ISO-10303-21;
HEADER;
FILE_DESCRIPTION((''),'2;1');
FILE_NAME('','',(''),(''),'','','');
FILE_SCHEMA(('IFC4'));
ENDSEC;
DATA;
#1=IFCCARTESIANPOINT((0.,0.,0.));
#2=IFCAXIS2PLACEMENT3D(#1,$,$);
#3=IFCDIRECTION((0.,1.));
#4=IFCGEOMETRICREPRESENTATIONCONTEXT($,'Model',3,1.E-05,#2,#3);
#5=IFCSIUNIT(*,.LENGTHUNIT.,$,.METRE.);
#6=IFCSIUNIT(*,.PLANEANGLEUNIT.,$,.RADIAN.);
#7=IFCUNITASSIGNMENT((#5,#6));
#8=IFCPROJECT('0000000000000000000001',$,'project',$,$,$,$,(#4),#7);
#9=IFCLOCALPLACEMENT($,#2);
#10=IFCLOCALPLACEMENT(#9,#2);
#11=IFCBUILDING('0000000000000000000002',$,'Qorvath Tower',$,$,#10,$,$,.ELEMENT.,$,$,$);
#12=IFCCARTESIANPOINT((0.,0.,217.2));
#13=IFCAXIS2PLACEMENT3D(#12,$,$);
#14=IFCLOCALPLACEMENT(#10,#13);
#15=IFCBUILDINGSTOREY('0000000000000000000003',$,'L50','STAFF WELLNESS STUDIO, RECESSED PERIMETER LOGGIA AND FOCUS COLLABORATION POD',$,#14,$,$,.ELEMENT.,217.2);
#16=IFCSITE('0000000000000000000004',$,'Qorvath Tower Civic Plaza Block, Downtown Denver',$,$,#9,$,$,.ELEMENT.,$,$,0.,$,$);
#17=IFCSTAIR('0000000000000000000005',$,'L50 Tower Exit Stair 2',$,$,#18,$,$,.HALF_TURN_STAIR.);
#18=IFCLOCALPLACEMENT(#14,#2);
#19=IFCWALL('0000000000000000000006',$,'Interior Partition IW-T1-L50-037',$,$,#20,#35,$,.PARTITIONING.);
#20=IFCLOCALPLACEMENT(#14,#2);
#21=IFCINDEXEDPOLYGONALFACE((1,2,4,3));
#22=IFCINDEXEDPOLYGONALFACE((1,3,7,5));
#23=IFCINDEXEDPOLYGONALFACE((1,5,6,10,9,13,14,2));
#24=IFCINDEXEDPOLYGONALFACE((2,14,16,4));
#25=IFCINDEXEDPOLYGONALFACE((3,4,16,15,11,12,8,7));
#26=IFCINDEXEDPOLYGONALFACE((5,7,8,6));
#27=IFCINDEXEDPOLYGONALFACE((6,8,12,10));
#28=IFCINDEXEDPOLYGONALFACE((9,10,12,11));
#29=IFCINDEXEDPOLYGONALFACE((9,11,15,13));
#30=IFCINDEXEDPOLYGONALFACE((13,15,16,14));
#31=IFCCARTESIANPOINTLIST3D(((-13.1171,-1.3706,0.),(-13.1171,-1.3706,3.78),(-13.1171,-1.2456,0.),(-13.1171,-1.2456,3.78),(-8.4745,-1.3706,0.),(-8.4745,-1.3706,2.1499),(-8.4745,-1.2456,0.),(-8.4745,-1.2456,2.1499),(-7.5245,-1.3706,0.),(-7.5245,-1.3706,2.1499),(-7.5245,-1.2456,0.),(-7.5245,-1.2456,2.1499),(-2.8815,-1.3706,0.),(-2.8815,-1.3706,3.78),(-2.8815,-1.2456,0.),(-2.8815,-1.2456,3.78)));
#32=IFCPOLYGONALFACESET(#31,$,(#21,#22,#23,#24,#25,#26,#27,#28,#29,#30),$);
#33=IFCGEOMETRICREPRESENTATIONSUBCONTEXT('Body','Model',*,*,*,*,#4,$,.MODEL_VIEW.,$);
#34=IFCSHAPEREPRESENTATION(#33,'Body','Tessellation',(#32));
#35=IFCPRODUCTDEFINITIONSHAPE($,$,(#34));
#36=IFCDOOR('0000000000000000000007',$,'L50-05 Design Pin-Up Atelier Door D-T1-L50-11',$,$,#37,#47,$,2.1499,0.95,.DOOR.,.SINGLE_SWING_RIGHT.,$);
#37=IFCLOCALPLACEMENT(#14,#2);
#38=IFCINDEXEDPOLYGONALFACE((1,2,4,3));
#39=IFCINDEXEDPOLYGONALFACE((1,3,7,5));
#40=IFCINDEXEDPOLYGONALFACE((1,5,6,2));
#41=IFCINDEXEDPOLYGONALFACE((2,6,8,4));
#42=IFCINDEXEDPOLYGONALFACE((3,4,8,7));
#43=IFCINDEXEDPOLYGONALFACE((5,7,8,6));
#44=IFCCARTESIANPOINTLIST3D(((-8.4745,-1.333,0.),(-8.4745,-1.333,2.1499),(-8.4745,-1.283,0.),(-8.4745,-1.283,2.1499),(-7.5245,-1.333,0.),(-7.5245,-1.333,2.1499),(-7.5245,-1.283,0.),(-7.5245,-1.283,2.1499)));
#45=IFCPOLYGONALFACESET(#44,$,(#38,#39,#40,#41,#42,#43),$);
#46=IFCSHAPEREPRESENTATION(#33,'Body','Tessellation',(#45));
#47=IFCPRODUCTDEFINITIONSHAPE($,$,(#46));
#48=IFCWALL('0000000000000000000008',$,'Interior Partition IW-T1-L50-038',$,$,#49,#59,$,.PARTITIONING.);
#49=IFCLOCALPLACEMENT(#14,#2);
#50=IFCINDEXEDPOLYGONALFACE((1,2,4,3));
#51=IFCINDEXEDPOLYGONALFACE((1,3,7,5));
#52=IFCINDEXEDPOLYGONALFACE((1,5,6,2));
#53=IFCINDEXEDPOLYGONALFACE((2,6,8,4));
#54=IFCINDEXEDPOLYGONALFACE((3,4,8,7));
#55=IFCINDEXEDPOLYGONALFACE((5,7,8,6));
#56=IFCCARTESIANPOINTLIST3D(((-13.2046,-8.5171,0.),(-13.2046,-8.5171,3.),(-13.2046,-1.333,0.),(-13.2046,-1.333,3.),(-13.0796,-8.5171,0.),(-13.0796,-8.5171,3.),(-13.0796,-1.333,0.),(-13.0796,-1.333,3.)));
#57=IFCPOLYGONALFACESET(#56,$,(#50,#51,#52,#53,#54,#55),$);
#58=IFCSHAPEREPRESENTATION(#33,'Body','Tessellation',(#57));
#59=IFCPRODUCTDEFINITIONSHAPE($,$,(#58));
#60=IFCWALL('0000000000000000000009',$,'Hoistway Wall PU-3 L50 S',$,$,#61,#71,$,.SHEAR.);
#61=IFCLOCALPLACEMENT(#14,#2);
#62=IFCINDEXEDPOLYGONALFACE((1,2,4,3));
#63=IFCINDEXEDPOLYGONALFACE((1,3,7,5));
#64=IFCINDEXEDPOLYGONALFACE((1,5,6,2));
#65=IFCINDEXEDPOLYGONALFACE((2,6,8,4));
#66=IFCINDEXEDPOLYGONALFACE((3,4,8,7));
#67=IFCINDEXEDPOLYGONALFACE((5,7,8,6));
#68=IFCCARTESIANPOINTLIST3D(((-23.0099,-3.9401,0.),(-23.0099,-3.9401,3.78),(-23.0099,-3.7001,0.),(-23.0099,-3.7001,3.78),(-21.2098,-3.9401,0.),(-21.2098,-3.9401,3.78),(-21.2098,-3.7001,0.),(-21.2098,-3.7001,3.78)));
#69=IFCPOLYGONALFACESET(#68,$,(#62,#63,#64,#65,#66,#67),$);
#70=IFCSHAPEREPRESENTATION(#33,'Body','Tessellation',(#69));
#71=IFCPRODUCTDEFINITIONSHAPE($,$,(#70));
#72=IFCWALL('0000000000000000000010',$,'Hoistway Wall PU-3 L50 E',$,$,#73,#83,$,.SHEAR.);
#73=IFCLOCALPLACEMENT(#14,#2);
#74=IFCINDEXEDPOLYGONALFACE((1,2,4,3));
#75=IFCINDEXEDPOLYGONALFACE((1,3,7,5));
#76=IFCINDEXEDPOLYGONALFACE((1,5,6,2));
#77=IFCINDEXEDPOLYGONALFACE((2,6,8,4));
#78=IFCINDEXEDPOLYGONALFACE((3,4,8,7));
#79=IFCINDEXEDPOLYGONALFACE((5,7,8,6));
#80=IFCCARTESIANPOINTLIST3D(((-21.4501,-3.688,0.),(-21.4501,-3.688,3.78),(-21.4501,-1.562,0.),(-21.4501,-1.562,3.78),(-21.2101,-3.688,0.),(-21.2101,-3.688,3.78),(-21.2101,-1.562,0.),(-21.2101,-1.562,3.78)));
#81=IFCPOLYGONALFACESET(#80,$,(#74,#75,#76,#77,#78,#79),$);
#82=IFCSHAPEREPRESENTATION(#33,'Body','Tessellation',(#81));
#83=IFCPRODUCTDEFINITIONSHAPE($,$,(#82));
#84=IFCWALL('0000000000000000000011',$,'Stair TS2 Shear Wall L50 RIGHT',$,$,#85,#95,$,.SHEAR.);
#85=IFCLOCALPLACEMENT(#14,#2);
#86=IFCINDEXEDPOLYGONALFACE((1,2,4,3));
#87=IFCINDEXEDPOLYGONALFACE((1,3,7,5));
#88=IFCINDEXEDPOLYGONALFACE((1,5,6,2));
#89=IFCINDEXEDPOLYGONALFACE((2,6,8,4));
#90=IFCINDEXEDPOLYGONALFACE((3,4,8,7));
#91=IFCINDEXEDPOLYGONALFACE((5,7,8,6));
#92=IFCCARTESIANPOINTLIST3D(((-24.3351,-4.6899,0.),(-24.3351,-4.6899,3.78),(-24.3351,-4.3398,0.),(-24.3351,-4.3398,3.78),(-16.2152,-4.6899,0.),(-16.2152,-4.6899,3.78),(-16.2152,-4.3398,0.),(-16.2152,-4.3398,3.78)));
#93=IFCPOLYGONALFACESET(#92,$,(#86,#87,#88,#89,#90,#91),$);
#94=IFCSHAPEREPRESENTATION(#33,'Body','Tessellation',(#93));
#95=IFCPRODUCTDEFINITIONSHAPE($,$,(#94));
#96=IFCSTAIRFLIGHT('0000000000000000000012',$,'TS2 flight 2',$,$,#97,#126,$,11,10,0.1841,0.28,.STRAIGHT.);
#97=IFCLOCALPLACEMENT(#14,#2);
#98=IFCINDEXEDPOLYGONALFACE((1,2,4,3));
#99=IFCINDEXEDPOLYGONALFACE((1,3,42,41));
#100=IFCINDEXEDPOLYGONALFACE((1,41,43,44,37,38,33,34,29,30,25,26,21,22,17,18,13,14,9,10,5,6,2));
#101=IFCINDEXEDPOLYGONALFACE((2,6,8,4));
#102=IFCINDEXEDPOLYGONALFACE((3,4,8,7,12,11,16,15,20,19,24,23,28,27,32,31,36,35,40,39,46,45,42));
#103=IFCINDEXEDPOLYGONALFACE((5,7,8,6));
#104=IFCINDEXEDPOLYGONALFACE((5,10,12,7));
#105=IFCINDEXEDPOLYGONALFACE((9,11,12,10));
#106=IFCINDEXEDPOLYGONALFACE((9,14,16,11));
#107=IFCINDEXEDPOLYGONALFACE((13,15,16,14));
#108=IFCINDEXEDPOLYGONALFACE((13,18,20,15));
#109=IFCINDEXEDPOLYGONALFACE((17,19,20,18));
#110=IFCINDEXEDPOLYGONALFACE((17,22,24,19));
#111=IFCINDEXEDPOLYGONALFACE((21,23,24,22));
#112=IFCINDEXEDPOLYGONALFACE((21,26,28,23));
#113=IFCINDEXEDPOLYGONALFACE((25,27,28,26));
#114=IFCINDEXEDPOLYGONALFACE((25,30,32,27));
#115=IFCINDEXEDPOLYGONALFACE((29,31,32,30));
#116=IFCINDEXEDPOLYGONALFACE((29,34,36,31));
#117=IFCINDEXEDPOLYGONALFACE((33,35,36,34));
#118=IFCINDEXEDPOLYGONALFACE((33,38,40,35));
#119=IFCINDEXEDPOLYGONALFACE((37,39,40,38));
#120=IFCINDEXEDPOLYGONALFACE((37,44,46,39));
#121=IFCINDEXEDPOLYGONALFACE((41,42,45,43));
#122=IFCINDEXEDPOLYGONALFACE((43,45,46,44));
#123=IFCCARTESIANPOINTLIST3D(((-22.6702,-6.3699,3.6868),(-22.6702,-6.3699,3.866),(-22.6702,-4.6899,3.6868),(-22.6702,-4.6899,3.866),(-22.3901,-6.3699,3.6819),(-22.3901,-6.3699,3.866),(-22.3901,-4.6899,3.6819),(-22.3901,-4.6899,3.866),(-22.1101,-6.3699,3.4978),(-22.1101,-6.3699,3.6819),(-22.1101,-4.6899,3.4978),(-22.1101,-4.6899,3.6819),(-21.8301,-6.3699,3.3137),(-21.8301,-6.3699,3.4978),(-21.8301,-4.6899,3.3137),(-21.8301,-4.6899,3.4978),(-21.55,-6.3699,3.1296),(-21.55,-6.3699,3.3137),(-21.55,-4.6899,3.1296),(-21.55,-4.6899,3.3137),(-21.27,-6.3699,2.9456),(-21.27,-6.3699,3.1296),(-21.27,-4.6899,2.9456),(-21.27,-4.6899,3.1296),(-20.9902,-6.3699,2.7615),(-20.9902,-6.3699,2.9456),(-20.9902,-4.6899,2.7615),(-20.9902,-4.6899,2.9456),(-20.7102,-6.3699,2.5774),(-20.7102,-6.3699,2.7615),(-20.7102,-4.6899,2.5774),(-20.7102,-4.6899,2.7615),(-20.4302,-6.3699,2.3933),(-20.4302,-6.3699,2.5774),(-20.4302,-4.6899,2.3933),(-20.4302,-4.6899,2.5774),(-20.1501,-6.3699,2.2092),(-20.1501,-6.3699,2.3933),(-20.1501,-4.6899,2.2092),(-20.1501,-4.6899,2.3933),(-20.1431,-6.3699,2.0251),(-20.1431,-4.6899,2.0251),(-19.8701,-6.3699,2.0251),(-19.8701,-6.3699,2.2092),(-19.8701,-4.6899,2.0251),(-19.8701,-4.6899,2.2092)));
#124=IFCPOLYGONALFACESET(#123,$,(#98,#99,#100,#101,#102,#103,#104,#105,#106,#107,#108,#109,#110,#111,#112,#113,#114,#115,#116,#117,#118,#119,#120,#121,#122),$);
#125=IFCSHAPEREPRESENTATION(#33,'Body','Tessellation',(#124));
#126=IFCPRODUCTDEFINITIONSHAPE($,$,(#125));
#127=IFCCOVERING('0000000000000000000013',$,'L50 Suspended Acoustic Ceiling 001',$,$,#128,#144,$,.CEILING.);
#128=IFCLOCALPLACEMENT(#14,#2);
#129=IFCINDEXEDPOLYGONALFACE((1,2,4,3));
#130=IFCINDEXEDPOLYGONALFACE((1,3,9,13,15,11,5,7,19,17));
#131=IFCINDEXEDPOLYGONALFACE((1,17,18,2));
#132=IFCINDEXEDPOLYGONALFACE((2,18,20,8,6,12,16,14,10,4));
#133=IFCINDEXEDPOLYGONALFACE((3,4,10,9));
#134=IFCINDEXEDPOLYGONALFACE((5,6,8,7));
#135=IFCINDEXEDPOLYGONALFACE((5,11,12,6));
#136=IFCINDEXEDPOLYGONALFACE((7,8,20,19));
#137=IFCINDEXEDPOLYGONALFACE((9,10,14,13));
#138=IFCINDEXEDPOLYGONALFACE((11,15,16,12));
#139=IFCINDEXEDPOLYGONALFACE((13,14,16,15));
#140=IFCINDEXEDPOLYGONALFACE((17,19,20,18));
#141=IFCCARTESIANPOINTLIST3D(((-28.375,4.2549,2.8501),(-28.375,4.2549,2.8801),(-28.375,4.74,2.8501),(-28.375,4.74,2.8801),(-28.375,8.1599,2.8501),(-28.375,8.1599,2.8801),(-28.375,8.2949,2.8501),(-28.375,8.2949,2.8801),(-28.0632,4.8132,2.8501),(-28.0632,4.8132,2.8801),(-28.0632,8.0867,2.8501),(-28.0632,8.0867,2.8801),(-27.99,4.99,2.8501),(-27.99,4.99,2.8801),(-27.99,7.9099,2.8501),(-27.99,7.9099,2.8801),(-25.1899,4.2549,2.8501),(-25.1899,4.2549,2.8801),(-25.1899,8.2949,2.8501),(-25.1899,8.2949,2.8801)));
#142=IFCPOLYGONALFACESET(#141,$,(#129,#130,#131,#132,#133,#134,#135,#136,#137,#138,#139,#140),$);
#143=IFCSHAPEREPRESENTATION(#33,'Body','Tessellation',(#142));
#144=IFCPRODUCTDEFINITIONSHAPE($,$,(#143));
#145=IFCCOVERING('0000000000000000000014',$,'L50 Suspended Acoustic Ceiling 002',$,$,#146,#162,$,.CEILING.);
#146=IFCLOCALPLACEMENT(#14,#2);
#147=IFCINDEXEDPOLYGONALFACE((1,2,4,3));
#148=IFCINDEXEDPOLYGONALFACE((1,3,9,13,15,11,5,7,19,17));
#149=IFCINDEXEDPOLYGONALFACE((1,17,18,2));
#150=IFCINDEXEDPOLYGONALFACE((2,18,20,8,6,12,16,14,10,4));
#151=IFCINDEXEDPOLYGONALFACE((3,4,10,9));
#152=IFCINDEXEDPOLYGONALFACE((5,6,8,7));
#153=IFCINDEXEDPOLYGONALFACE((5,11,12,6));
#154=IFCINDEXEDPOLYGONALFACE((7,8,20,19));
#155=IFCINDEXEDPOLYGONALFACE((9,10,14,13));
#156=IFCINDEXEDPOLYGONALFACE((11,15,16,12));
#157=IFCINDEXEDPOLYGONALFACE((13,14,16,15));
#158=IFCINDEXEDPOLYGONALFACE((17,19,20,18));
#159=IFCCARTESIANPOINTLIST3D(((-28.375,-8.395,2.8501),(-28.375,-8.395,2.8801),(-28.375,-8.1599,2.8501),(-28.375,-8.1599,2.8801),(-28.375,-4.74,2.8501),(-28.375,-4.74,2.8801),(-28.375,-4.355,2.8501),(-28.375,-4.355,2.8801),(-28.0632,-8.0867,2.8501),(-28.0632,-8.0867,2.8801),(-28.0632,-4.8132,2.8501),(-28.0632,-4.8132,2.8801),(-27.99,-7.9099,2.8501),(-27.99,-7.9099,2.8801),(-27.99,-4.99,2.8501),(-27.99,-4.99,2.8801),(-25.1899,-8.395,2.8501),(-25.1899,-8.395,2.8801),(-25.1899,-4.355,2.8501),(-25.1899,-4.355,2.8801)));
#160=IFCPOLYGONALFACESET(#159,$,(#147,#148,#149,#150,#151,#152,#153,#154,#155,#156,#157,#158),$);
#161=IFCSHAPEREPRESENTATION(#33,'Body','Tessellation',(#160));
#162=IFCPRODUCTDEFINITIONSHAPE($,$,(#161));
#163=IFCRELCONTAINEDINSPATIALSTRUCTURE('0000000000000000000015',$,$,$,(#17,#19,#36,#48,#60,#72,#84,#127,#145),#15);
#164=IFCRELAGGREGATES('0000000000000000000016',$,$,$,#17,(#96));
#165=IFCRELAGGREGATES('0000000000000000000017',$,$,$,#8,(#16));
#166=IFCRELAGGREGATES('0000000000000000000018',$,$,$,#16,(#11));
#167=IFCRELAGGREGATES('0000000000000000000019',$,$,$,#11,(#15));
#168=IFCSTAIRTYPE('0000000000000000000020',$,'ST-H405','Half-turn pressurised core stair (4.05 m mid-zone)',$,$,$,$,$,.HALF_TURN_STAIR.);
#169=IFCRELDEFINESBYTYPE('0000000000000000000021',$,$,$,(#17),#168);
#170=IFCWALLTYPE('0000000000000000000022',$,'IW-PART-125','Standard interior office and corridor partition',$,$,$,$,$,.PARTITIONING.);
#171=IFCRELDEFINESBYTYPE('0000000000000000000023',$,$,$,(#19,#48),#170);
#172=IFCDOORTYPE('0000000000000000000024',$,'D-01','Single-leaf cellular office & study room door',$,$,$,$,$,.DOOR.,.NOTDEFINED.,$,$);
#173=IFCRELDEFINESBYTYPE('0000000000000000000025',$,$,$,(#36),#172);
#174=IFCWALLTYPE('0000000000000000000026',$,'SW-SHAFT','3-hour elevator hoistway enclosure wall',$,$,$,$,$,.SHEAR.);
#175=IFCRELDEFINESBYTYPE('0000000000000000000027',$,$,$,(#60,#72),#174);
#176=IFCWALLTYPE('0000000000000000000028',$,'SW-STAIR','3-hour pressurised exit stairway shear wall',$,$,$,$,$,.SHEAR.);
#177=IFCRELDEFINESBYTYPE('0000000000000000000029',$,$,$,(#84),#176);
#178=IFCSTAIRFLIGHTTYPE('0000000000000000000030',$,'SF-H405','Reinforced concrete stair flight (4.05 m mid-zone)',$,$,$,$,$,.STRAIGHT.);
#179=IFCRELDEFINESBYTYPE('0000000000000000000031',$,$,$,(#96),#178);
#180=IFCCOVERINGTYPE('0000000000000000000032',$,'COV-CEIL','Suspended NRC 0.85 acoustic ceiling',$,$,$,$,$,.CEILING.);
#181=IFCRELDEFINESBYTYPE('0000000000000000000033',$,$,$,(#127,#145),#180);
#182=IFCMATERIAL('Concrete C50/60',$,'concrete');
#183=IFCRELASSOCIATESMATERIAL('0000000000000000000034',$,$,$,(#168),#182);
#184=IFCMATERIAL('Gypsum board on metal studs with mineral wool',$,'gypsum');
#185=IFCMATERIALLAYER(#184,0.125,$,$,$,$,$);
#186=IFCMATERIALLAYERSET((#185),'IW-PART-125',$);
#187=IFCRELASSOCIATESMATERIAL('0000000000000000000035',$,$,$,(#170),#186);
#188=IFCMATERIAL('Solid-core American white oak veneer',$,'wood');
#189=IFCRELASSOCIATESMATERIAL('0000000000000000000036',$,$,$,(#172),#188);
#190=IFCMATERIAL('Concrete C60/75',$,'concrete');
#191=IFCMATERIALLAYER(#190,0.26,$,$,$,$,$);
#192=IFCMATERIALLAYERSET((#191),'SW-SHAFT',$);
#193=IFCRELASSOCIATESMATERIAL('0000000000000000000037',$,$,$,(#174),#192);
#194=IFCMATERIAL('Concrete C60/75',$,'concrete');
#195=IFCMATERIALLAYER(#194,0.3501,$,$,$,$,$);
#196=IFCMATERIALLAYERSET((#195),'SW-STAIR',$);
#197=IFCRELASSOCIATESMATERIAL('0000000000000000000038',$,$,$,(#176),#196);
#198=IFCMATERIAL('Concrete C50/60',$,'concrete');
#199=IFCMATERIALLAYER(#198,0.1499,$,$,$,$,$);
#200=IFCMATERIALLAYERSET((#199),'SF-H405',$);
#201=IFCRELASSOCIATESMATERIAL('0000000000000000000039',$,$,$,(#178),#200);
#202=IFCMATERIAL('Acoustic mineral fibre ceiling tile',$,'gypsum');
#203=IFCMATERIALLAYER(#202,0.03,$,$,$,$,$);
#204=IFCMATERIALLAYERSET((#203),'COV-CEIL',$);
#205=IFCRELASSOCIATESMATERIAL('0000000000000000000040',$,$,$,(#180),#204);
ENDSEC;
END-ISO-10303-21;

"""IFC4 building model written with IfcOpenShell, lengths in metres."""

from ifc_helpers import new_model, si_unit, direction, frame, frame_2d, origin, place, context, subcontext, project, spatial, polyline, rectangle, outline, extrude, material, layer, layer_set, type_object, element, fill, aggregate, save


model = new_model("IFC4")

# Units and contexts
model_context = context("Model", 3, precision=1e-05, world=origin(), true_north=direction((0.0, 1.0)))
body_context = subcontext(model_context, "Body", "Model", "MODEL_VIEW")
ifc_project = project(units=[si_unit("LENGTHUNIT", "METRE"), si_unit("PLANEANGLEUNIT", "RADIAN")], contexts=[model_context])

# Site, building, storey
site_placement = place(None, origin())
site = spatial("IfcSite", under=ifc_project, at=site_placement, Name="Qorvath Tower Civic Plaza Block, Downtown Denver", CompositionType="ELEMENT", RefElevation=0.0)
building_placement = place(site_placement, origin())
building = spatial("IfcBuilding", under=site, at=building_placement, Name="Qorvath Tower", CompositionType="ELEMENT")
storey_placement = place(building_placement, frame((0.0, 0.0, 217.2)))
storey = spatial("IfcBuildingStorey", under=building, at=storey_placement, Name="L50", Description="STAFF WELLNESS STUDIO, RECESSED PERIMETER LOGGIA AND FOCUS COLLABORATION POD", CompositionType="ELEMENT", Elevation=217.2)

# Stair
ifc_material_1 = material(Name="Concrete C50/60", Category="concrete")
stair_type = type_object("IfcStairType", Name="ST-H405", Description="Half-turn pressurised core stair (4.05 m mid-zone)", PredefinedType="HALF_TURN_STAIR", material=ifc_material_1)
stair_1_placement = place(storey_placement, origin())
stair_1 = element("IfcStair", 1, at=stair_1_placement, inside=storey, type_object=stair_type, Name="L50 Tower Exit Stair 2", PredefinedType="HALF_TURN_STAIR")

# Shared definitions
ifc_material_2 = material(Name="Gypsum board on metal studs with mineral wool", Category="gypsum")
ifc_layer_1 = layer(ifc_material_2, 0.125)
ifc_layer_set_1 = layer_set([ifc_layer_1], Name="IW-PART-125")
wall_type_1 = type_object("IfcWallType", Name="IW-PART-125", Description="Standard interior office and corridor partition", PredefinedType="PARTITIONING", material=ifc_layer_set_1)

# Wall, opening, door
ifc_material_3 = material(Name="Solid-core American white oak veneer", Category="wood")
door_type = type_object("IfcDoorType", Name="D-01", Description="Single-leaf cellular office & study room door", OperationType="NOTDEFINED", PredefinedType="DOOR", material=ifc_material_3)
wall_1_placement = place(storey_placement, frame((-2.8816, -1.3081, 0.0), z_axis=(0.0, 0.0, 1.0), x_axis=(-1.0, 0.0, 0.0)))
wall_1 = element("IfcWall", 2, at=wall_1_placement, inside=storey, type_object=wall_type_1, Name="Interior Partition IW-T1-L50-037", PredefinedType="PARTITIONING", context=body_context, shape_type="SweptSolid", body=[
    extrude(rectangle(XDim=10.2356, YDim=0.125, at=frame_2d((5.1177, 0.0))), origin(), (0.0, 0.0, 1.0), 3.78),
])
opening_1_placement = place(wall_1_placement, frame((4.6428, 0.0, 0.0)))
opening_1 = element("IfcOpeningElement", 3, at=opening_1_placement, cuts=wall_1, PredefinedType="OPENING", context=body_context, shape_type="SweptSolid", body=[
    extrude(rectangle(XDim=0.95, YDim=2.1499, at=frame_2d((0.4751, 1.075))), frame((0.0, 0.0725, 0.0), z_axis=(0.0, -1.0, 0.0), x_axis=(1.0, 0.0, 0.0)), (0.0, 0.0, 1.0), 0.145),
])
door_1_placement = place(opening_1_placement, origin())
door_1 = element("IfcDoor", 4, at=door_1_placement, inside=storey, type_object=door_type, Name="L50-05 Design Pin-Up Atelier Door D-T1-L50-11", OperationType="SINGLE_SWING_RIGHT", OverallHeight=2.1499, OverallWidth=0.95, PredefinedType="DOOR", context=body_context, shape_type="SweptSolid", body=[
    extrude(rectangle(XDim=0.95, YDim=2.1499, at=frame_2d((0.4751, 1.075))), frame((0.0, 0.0249, 0.0), z_axis=(0.0, -1.0, 0.0), x_axis=(1.0, 0.0, 0.0)), (0.0, 0.0, 1.0), 0.05),
])
fill(opening_1, door_1)

# Walls
wall_2_placement = place(storey_placement, frame((-13.1421, -1.333, 0.0), z_axis=(0.0, 0.0, 1.0), x_axis=(0.0, -1.0, 0.0)))
element("IfcWall", 5, at=wall_2_placement, inside=storey, type_object=wall_type_1, Name="Interior Partition IW-T1-L50-038", PredefinedType="PARTITIONING", context=body_context, shape_type="SweptSolid", body=[
    extrude(rectangle(XDim=7.1841, YDim=0.125, at=frame_2d((3.592, 0.0))), origin(), (0.0, 0.0, 1.0), 3.0),
])
ifc_material_4 = material(Name="Concrete C60/75", Category="concrete")
ifc_layer_2 = layer(ifc_material_4, 0.26)
ifc_layer_set_2 = layer_set([ifc_layer_2], Name="SW-SHAFT")
wall_type_2 = type_object("IfcWallType", Name="SW-SHAFT", Description="3-hour elevator hoistway enclosure wall", PredefinedType="SHEAR", material=ifc_layer_set_2)
wall_3_placement = place(storey_placement, frame((-21.21, -3.8201, 0.0), z_axis=(0.0, 0.0, 1.0), x_axis=(-1.0, 0.0, 0.0)))
element("IfcWall", 6, at=wall_3_placement, inside=storey, type_object=wall_type_2, Name="Hoistway Wall PU-3 L50 S", PredefinedType="SHEAR", context=body_context, shape_type="SweptSolid", body=[
    extrude(rectangle(XDim=1.8, YDim=0.24, at=frame_2d((0.8999, 0.0))), origin(), (0.0, 0.0, 1.0), 3.78),
])
wall_4_placement = place(storey_placement, frame((-21.3301, -1.562, 0.0), z_axis=(0.0, 0.0, 1.0), x_axis=(0.0, -1.0, 0.0)))
element("IfcWall", 7, at=wall_4_placement, inside=storey, type_object=wall_type_2, Name="Hoistway Wall PU-3 L50 E", PredefinedType="SHEAR", context=body_context, shape_type="SweptSolid", body=[
    extrude(rectangle(XDim=2.126, YDim=0.24, at=frame_2d((1.063, 0.0))), origin(), (0.0, 0.0, 1.0), 3.78),
])
ifc_material_5 = material(Name="Concrete C60/75", Category="concrete")
ifc_layer_3 = layer(ifc_material_5, 0.3501)
ifc_layer_set_3 = layer_set([ifc_layer_3], Name="SW-STAIR")
wall_type_3 = type_object("IfcWallType", Name="SW-STAIR", Description="3-hour pressurised exit stairway shear wall", PredefinedType="SHEAR", material=ifc_layer_set_3)
wall_5_placement = place(storey_placement, frame((-16.2151, -4.5149, 0.0), z_axis=(0.0, 0.0, 1.0), x_axis=(-1.0, 0.0, 0.0)))
element("IfcWall", 8, at=wall_5_placement, inside=storey, type_object=wall_type_3, Name="Stair TS2 Shear Wall L50 RIGHT", PredefinedType="SHEAR", context=body_context, shape_type="SweptSolid", body=[
    extrude(rectangle(XDim=8.1199, YDim=0.3501, at=frame_2d((4.0601, 0.0))), origin(), (0.0, 0.0, 1.0), 3.78),
])

# Stair flight
ifc_material_6 = material(Name="Concrete C50/60", Category="concrete")
ifc_layer_4 = layer(ifc_material_6, 0.1499)
ifc_layer_set_4 = layer_set([ifc_layer_4], Name="SF-H405")
stair_flight_type = type_object("IfcStairFlightType", Name="SF-H405", Description="Reinforced concrete stair flight (4.05 m mid-zone)", PredefinedType="STRAIGHT", material=ifc_layer_set_4)
stair_flight_placement = place(storey_placement, frame((-19.8701, -5.53, 2.0251), z_axis=(0.0, 0.0, 1.0), x_axis=(-1.0, 0.0, 0.0)))
stair_flight = element("IfcStairFlight", 9, at=stair_flight_placement, type_object=stair_flight_type, Name="TS2 flight 2", NumberOfRisers=11, NumberOfTreads=10, PredefinedType="STRAIGHT", RiserHeight=0.1841, TreadLength=0.28, context=body_context, shape_type="SweptSolid", body=[
    extrude(outline(polyline([(0.0, 0.0), (0.0, 0.1841), (0.28, 0.1841), (0.28, 0.3682), (0.5601, 0.3682), (0.5601, 0.5522), (0.8401, 0.5522), (0.8401, 0.7363), (1.1201, 0.7363), (1.1201, 0.9204), (1.3999, 0.9204), (1.3999, 1.1045), (1.6799, 1.1045), (1.6799, 1.2886), (1.96, 1.2886), (1.96, 1.4727), (2.24, 1.4727), (2.24, 1.6567), (2.52, 1.6567), (2.52, 1.8408), (2.8, 1.8408), (2.8, 2.0249), (2.8, 1.6616), (0.2729, 0.0), (0.0, 0.0)])), frame((0.0, 0.8398, 0.0), z_axis=(0.0, -1.0, 0.0), x_axis=(1.0, 0.0, 0.0)), (0.0, 0.0, 1.0), 1.6799),
])
aggregate(stair_1, [stair_flight])

# Coverings
ifc_material_7 = material(Name="Acoustic mineral fibre ceiling tile", Category="gypsum")
ifc_layer_5 = layer(ifc_material_7, 0.03)
ifc_layer_set_5 = layer_set([ifc_layer_5], Name="COV-CEIL")
covering_type_1 = type_object("IfcCoveringType", Name="COV-CEIL", Description="Suspended NRC 0.85 acoustic ceiling", PredefinedType="CEILING", material=ifc_layer_set_5)
covering_1_placement = place(storey_placement, frame((0.0, 0.0, 2.8501)))
element("IfcCovering", 10, at=covering_1_placement, inside=storey, type_object=covering_type_1, Name="L50 Suspended Acoustic Ceiling 001", PredefinedType="CEILING", context=body_context, shape_type="SweptSolid", body=[
    extrude(outline(polyline([(-25.1899, 4.2549), (-25.1899, 8.2949), (-28.375, 8.2949), (-28.375, 8.1599), (-28.0632, 8.0867), (-27.99, 7.9099), (-27.99, 4.99), (-28.0632, 4.8132), (-28.375, 4.74), (-28.375, 4.2549), (-25.1899, 4.2549)])), origin(), (0.0, 0.0, 1.0), 0.03),
])
covering_2_placement = place(storey_placement, frame((0.0, 0.0, 2.8501)))
element("IfcCovering", 11, at=covering_2_placement, inside=storey, type_object=covering_type_1, Name="L50 Suspended Acoustic Ceiling 002", PredefinedType="CEILING", context=body_context, shape_type="SweptSolid", body=[
    extrude(outline(polyline([(-25.1899, -8.395), (-25.1899, -4.355), (-28.375, -4.355), (-28.375, -4.74), (-28.0632, -4.8132), (-27.99, -4.99), (-27.99, -7.9099), (-28.0632, -8.0867), (-28.375, -8.1599), (-28.375, -8.395), (-25.1899, -8.395)])), origin(), (0.0, 0.0, 1.0), 0.03),
])

save(model, "model.ifc")
